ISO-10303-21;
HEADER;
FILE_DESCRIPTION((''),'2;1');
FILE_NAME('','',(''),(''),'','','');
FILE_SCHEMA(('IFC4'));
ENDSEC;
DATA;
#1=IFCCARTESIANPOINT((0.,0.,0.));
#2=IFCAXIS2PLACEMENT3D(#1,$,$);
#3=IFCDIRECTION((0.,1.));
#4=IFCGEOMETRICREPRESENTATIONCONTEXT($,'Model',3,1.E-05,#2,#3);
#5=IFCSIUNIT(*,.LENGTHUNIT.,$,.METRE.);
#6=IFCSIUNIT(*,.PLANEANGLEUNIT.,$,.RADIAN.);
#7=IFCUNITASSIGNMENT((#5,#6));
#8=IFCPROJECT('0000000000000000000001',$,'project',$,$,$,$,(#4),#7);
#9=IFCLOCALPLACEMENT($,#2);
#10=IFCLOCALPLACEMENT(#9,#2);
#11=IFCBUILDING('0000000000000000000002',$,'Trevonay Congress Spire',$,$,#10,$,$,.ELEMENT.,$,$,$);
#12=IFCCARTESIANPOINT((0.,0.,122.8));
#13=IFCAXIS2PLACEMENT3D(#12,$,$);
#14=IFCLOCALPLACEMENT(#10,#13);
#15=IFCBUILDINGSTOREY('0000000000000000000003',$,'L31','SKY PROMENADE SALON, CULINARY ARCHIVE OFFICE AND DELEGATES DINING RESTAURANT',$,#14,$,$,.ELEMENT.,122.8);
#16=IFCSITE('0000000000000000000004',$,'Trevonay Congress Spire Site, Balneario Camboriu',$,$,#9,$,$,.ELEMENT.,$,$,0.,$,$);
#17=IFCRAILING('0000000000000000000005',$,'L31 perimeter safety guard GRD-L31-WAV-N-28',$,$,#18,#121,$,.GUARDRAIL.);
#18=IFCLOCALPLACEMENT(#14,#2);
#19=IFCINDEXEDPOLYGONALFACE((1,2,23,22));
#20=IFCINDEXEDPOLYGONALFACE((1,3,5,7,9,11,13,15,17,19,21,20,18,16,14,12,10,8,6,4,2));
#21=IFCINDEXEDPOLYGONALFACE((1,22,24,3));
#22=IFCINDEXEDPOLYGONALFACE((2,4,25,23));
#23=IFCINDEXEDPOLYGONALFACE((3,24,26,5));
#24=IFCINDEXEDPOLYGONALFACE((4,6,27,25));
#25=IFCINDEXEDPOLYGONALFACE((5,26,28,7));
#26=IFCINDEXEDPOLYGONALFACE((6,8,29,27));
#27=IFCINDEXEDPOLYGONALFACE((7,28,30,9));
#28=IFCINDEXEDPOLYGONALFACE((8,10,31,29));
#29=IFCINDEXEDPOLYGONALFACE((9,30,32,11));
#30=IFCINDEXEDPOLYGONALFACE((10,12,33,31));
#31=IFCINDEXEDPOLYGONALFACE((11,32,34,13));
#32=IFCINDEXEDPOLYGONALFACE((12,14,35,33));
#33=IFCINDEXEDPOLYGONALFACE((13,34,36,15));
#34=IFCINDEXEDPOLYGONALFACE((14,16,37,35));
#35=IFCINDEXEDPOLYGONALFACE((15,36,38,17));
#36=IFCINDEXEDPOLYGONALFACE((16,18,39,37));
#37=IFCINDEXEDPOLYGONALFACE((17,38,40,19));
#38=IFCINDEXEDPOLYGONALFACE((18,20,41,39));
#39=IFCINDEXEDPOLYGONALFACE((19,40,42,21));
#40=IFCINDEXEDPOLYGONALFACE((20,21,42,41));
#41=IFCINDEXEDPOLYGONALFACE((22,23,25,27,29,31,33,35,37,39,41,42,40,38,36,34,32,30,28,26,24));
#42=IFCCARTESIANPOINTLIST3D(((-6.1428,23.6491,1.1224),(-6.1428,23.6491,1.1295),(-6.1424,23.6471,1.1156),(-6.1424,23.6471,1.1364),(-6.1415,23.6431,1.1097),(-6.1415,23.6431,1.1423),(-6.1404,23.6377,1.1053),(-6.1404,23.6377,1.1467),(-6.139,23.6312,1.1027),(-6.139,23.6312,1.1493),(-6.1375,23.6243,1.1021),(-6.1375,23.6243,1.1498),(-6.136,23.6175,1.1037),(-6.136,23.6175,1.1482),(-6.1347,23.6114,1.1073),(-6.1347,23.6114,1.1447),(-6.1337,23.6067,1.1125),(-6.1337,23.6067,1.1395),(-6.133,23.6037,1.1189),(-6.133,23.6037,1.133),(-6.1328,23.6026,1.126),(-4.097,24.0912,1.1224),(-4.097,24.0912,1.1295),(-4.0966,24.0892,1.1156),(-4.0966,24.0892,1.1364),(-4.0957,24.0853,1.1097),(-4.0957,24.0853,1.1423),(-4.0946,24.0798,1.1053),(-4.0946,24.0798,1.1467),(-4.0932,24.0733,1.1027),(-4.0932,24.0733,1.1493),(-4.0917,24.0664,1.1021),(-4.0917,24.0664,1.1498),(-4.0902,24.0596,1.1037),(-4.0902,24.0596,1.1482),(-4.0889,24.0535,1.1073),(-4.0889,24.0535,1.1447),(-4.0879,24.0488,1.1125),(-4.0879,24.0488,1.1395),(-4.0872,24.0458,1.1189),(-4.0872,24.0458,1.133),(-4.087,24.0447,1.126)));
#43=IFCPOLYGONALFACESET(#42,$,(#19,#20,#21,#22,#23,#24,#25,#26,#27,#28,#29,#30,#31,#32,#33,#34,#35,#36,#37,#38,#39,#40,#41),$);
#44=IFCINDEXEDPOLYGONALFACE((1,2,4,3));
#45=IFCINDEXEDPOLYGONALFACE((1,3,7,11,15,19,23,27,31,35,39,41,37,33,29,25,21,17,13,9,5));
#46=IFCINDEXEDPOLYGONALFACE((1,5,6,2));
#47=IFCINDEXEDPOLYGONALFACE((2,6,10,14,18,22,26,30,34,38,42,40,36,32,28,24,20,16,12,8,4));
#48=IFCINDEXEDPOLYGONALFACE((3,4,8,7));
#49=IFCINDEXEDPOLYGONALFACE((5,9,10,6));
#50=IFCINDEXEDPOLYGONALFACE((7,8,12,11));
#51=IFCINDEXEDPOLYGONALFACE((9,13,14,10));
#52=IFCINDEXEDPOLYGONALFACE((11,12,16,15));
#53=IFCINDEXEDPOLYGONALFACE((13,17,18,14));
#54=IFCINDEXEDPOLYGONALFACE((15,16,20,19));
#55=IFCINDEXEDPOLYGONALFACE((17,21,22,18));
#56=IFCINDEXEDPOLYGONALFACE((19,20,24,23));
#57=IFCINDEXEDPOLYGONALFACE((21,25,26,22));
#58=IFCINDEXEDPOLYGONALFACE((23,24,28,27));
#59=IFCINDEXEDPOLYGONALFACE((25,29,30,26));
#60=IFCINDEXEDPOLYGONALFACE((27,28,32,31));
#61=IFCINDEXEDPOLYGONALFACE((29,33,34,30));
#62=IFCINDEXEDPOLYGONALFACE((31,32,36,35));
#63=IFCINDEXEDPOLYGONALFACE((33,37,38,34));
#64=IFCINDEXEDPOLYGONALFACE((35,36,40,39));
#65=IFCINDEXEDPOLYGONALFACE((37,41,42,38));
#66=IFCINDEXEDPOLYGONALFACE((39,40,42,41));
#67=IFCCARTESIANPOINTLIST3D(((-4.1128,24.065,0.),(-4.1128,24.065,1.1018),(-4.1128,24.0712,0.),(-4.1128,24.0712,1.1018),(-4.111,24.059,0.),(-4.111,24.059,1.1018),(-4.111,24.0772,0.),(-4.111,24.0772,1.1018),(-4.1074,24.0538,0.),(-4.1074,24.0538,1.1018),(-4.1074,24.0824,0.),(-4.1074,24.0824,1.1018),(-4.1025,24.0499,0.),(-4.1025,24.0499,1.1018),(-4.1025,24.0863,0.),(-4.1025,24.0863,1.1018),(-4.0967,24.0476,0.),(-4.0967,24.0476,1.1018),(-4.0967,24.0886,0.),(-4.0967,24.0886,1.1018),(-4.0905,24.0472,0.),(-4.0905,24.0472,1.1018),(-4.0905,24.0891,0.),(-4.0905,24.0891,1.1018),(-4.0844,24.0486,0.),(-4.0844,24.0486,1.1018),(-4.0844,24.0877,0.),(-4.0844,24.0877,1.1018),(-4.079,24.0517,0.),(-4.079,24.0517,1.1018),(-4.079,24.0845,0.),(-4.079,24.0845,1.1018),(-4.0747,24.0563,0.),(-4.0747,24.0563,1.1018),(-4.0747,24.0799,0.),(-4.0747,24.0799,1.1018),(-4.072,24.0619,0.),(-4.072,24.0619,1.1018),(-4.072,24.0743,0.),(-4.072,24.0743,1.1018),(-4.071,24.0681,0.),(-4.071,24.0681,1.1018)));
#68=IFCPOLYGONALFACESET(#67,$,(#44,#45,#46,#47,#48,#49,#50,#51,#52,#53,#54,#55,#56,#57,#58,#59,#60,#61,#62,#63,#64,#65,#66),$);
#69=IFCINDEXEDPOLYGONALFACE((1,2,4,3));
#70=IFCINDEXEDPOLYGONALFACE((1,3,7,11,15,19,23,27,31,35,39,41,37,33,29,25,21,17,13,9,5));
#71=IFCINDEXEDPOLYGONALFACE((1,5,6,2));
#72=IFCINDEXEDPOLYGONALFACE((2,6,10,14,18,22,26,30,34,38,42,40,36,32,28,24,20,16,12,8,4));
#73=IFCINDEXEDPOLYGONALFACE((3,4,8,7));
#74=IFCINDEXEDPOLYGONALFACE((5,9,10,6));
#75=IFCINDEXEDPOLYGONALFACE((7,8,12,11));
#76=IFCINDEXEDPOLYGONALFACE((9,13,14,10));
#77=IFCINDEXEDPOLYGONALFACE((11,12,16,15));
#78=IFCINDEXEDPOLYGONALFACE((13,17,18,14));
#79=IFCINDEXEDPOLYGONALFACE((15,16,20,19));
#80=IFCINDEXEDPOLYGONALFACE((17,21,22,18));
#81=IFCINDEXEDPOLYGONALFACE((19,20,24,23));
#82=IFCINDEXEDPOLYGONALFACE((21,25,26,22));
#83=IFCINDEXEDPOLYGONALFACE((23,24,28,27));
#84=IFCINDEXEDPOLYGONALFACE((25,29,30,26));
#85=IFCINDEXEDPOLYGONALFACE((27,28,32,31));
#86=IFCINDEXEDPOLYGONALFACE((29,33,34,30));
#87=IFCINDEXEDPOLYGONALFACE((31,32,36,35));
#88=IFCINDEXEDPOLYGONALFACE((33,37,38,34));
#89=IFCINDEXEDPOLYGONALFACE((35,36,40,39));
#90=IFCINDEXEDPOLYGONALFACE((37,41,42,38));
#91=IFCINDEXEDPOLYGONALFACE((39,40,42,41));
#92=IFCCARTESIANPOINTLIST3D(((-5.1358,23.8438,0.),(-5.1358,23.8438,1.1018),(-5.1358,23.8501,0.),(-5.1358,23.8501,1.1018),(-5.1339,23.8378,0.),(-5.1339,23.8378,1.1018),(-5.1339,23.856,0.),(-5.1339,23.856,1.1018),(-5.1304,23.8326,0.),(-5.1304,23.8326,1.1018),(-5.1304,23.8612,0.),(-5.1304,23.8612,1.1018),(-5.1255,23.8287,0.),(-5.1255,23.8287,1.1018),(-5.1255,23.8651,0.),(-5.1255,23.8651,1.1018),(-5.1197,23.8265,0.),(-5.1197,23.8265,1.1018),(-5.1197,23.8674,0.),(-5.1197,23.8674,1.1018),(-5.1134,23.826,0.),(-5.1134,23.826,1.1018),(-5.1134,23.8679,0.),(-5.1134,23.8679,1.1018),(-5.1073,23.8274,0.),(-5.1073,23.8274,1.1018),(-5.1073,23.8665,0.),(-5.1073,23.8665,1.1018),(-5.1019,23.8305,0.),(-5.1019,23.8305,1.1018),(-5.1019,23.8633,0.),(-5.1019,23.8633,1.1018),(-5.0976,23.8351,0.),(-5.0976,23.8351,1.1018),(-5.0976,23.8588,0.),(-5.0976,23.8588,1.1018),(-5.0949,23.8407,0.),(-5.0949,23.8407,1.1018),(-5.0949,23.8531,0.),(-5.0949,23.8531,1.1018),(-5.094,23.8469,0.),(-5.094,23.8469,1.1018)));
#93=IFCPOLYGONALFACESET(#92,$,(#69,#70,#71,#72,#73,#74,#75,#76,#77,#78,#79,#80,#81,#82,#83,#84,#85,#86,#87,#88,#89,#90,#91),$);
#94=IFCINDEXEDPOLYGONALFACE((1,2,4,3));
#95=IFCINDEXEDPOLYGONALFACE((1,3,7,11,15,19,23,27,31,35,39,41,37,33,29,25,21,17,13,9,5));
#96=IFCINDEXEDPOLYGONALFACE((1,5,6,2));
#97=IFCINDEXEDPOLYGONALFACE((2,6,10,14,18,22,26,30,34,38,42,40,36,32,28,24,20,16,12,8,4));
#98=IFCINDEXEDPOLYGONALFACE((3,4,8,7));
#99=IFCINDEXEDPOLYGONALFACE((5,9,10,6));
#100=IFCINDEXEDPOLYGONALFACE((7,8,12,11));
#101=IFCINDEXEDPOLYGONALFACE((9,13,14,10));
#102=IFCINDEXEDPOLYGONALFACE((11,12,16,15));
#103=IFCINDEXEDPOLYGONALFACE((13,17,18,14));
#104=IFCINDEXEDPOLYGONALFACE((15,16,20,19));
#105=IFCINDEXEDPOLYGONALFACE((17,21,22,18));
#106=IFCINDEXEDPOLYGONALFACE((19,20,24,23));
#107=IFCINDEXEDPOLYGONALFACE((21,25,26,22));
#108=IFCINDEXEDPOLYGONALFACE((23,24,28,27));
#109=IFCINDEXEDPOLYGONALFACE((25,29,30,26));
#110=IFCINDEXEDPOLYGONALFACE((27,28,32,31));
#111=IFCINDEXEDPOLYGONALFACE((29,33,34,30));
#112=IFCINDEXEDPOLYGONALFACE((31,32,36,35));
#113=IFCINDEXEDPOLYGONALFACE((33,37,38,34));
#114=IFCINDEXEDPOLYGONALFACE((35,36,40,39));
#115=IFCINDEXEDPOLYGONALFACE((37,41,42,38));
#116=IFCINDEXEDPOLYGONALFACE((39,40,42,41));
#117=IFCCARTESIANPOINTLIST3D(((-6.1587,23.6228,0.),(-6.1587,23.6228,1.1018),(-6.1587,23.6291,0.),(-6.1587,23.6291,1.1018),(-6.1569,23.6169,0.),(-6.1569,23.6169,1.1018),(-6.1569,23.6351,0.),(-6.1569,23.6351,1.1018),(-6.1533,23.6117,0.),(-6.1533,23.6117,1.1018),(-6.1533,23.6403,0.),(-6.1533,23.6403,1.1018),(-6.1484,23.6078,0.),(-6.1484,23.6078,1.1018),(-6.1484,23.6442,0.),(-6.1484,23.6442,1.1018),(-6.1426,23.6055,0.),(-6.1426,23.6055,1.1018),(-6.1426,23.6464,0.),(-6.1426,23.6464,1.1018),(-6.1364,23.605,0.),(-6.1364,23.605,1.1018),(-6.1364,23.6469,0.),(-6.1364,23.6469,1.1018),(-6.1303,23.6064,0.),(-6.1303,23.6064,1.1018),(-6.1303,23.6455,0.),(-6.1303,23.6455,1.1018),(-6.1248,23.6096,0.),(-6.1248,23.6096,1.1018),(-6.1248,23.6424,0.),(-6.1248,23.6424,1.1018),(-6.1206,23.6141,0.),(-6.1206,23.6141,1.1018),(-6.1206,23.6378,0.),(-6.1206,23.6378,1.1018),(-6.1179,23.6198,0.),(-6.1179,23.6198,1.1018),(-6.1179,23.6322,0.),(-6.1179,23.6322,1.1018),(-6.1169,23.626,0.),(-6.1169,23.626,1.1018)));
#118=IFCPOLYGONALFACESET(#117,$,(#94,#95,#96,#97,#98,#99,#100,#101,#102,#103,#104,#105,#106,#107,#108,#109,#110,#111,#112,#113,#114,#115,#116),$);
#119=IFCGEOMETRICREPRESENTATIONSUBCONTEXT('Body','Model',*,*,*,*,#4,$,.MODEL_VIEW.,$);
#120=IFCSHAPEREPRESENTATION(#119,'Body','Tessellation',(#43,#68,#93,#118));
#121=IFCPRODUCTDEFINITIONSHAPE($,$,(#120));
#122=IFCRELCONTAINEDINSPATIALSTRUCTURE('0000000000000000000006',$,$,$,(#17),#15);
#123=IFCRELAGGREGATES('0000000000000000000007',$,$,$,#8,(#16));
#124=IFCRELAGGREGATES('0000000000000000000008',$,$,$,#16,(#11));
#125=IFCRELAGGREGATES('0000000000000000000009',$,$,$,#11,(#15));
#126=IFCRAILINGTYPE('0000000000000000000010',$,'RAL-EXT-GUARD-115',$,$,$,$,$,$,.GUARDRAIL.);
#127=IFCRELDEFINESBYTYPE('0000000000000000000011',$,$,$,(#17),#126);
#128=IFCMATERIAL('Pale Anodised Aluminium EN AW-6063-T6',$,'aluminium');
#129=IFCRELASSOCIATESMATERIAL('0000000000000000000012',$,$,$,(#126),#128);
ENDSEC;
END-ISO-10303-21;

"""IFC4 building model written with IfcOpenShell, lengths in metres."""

from ifc_helpers import new_model, si_unit, direction, frame, origin, origin_2d, place, context, subcontext, project, spatial, circle, extrude, material, type_object, element, save


model = new_model("IFC4")

# Units and contexts
model_context = context("Model", 3, precision=1e-05, world=origin(), true_north=direction((0.0, 1.0)))
body_context = subcontext(model_context, "Body", "Model", "MODEL_VIEW")
ifc_project = project(units=[si_unit("LENGTHUNIT", "METRE"), si_unit("PLANEANGLEUNIT", "RADIAN")], contexts=[model_context])

# Site, building, storey
site_placement = place(None, origin())
site = spatial("IfcSite", under=ifc_project, at=site_placement, Name="Trevonay Congress Spire Site, Balneario Camboriu", CompositionType="ELEMENT", RefElevation=0.0)
building_placement = place(site_placement, origin())
building = spatial("IfcBuilding", under=site, at=building_placement, Name="Trevonay Congress Spire", CompositionType="ELEMENT")
storey_placement = place(building_placement, frame((0.0, 0.0, 122.8)))
storey = spatial("IfcBuildingStorey", under=building, at=storey_placement, Name="L31", Description="SKY PROMENADE SALON, CULINARY ARCHIVE OFFICE AND DELEGATES DINING RESTAURANT", CompositionType="ELEMENT", Elevation=122.8)

# Shared definitions
ifc_material_1 = material(Name="Pale Anodised Aluminium EN AW-6063-T6", Category="aluminium")

# Railing
railing_type = type_object("IfcRailingType", Name="RAL-EXT-GUARD-115", PredefinedType="GUARDRAIL", material=ifc_material_1)
railing_1_placement = place(storey_placement, frame((-4.092, 24.0681, 0.0)))
element("IfcRailing", 1, at=railing_1_placement, inside=storey, type_object=railing_type, Name="L31 perimeter safety guard GRD-L31-WAV-N-28", PredefinedType="GUARDRAIL", context=body_context, shape_type="SweptSolid", body=[
    extrude(circle(Radius=0.0239, at=origin_2d()), frame((0.0, 0.0, 1.126), z_axis=(-0.977436, -0.211233, 0.0), x_axis=(0.211233, -0.977436, 0.0)), (0.0, 0.0, 1.0), 2.093),
    extrude(circle(Radius=0.021, at=origin_2d()), origin(), (0.0, 0.0, 1.0), 1.1018),
    extrude(circle(Radius=0.021, at=origin_2d()), frame((-1.0229, -0.2212, 0.0)), (0.0, 0.0, 1.0), 1.1018),
    extrude(circle(Radius=0.021, at=origin_2d()), frame((-2.0459, -0.4421, 0.0)), (0.0, 0.0, 1.0), 1.1018),
])

save(model, "model.ifc")
